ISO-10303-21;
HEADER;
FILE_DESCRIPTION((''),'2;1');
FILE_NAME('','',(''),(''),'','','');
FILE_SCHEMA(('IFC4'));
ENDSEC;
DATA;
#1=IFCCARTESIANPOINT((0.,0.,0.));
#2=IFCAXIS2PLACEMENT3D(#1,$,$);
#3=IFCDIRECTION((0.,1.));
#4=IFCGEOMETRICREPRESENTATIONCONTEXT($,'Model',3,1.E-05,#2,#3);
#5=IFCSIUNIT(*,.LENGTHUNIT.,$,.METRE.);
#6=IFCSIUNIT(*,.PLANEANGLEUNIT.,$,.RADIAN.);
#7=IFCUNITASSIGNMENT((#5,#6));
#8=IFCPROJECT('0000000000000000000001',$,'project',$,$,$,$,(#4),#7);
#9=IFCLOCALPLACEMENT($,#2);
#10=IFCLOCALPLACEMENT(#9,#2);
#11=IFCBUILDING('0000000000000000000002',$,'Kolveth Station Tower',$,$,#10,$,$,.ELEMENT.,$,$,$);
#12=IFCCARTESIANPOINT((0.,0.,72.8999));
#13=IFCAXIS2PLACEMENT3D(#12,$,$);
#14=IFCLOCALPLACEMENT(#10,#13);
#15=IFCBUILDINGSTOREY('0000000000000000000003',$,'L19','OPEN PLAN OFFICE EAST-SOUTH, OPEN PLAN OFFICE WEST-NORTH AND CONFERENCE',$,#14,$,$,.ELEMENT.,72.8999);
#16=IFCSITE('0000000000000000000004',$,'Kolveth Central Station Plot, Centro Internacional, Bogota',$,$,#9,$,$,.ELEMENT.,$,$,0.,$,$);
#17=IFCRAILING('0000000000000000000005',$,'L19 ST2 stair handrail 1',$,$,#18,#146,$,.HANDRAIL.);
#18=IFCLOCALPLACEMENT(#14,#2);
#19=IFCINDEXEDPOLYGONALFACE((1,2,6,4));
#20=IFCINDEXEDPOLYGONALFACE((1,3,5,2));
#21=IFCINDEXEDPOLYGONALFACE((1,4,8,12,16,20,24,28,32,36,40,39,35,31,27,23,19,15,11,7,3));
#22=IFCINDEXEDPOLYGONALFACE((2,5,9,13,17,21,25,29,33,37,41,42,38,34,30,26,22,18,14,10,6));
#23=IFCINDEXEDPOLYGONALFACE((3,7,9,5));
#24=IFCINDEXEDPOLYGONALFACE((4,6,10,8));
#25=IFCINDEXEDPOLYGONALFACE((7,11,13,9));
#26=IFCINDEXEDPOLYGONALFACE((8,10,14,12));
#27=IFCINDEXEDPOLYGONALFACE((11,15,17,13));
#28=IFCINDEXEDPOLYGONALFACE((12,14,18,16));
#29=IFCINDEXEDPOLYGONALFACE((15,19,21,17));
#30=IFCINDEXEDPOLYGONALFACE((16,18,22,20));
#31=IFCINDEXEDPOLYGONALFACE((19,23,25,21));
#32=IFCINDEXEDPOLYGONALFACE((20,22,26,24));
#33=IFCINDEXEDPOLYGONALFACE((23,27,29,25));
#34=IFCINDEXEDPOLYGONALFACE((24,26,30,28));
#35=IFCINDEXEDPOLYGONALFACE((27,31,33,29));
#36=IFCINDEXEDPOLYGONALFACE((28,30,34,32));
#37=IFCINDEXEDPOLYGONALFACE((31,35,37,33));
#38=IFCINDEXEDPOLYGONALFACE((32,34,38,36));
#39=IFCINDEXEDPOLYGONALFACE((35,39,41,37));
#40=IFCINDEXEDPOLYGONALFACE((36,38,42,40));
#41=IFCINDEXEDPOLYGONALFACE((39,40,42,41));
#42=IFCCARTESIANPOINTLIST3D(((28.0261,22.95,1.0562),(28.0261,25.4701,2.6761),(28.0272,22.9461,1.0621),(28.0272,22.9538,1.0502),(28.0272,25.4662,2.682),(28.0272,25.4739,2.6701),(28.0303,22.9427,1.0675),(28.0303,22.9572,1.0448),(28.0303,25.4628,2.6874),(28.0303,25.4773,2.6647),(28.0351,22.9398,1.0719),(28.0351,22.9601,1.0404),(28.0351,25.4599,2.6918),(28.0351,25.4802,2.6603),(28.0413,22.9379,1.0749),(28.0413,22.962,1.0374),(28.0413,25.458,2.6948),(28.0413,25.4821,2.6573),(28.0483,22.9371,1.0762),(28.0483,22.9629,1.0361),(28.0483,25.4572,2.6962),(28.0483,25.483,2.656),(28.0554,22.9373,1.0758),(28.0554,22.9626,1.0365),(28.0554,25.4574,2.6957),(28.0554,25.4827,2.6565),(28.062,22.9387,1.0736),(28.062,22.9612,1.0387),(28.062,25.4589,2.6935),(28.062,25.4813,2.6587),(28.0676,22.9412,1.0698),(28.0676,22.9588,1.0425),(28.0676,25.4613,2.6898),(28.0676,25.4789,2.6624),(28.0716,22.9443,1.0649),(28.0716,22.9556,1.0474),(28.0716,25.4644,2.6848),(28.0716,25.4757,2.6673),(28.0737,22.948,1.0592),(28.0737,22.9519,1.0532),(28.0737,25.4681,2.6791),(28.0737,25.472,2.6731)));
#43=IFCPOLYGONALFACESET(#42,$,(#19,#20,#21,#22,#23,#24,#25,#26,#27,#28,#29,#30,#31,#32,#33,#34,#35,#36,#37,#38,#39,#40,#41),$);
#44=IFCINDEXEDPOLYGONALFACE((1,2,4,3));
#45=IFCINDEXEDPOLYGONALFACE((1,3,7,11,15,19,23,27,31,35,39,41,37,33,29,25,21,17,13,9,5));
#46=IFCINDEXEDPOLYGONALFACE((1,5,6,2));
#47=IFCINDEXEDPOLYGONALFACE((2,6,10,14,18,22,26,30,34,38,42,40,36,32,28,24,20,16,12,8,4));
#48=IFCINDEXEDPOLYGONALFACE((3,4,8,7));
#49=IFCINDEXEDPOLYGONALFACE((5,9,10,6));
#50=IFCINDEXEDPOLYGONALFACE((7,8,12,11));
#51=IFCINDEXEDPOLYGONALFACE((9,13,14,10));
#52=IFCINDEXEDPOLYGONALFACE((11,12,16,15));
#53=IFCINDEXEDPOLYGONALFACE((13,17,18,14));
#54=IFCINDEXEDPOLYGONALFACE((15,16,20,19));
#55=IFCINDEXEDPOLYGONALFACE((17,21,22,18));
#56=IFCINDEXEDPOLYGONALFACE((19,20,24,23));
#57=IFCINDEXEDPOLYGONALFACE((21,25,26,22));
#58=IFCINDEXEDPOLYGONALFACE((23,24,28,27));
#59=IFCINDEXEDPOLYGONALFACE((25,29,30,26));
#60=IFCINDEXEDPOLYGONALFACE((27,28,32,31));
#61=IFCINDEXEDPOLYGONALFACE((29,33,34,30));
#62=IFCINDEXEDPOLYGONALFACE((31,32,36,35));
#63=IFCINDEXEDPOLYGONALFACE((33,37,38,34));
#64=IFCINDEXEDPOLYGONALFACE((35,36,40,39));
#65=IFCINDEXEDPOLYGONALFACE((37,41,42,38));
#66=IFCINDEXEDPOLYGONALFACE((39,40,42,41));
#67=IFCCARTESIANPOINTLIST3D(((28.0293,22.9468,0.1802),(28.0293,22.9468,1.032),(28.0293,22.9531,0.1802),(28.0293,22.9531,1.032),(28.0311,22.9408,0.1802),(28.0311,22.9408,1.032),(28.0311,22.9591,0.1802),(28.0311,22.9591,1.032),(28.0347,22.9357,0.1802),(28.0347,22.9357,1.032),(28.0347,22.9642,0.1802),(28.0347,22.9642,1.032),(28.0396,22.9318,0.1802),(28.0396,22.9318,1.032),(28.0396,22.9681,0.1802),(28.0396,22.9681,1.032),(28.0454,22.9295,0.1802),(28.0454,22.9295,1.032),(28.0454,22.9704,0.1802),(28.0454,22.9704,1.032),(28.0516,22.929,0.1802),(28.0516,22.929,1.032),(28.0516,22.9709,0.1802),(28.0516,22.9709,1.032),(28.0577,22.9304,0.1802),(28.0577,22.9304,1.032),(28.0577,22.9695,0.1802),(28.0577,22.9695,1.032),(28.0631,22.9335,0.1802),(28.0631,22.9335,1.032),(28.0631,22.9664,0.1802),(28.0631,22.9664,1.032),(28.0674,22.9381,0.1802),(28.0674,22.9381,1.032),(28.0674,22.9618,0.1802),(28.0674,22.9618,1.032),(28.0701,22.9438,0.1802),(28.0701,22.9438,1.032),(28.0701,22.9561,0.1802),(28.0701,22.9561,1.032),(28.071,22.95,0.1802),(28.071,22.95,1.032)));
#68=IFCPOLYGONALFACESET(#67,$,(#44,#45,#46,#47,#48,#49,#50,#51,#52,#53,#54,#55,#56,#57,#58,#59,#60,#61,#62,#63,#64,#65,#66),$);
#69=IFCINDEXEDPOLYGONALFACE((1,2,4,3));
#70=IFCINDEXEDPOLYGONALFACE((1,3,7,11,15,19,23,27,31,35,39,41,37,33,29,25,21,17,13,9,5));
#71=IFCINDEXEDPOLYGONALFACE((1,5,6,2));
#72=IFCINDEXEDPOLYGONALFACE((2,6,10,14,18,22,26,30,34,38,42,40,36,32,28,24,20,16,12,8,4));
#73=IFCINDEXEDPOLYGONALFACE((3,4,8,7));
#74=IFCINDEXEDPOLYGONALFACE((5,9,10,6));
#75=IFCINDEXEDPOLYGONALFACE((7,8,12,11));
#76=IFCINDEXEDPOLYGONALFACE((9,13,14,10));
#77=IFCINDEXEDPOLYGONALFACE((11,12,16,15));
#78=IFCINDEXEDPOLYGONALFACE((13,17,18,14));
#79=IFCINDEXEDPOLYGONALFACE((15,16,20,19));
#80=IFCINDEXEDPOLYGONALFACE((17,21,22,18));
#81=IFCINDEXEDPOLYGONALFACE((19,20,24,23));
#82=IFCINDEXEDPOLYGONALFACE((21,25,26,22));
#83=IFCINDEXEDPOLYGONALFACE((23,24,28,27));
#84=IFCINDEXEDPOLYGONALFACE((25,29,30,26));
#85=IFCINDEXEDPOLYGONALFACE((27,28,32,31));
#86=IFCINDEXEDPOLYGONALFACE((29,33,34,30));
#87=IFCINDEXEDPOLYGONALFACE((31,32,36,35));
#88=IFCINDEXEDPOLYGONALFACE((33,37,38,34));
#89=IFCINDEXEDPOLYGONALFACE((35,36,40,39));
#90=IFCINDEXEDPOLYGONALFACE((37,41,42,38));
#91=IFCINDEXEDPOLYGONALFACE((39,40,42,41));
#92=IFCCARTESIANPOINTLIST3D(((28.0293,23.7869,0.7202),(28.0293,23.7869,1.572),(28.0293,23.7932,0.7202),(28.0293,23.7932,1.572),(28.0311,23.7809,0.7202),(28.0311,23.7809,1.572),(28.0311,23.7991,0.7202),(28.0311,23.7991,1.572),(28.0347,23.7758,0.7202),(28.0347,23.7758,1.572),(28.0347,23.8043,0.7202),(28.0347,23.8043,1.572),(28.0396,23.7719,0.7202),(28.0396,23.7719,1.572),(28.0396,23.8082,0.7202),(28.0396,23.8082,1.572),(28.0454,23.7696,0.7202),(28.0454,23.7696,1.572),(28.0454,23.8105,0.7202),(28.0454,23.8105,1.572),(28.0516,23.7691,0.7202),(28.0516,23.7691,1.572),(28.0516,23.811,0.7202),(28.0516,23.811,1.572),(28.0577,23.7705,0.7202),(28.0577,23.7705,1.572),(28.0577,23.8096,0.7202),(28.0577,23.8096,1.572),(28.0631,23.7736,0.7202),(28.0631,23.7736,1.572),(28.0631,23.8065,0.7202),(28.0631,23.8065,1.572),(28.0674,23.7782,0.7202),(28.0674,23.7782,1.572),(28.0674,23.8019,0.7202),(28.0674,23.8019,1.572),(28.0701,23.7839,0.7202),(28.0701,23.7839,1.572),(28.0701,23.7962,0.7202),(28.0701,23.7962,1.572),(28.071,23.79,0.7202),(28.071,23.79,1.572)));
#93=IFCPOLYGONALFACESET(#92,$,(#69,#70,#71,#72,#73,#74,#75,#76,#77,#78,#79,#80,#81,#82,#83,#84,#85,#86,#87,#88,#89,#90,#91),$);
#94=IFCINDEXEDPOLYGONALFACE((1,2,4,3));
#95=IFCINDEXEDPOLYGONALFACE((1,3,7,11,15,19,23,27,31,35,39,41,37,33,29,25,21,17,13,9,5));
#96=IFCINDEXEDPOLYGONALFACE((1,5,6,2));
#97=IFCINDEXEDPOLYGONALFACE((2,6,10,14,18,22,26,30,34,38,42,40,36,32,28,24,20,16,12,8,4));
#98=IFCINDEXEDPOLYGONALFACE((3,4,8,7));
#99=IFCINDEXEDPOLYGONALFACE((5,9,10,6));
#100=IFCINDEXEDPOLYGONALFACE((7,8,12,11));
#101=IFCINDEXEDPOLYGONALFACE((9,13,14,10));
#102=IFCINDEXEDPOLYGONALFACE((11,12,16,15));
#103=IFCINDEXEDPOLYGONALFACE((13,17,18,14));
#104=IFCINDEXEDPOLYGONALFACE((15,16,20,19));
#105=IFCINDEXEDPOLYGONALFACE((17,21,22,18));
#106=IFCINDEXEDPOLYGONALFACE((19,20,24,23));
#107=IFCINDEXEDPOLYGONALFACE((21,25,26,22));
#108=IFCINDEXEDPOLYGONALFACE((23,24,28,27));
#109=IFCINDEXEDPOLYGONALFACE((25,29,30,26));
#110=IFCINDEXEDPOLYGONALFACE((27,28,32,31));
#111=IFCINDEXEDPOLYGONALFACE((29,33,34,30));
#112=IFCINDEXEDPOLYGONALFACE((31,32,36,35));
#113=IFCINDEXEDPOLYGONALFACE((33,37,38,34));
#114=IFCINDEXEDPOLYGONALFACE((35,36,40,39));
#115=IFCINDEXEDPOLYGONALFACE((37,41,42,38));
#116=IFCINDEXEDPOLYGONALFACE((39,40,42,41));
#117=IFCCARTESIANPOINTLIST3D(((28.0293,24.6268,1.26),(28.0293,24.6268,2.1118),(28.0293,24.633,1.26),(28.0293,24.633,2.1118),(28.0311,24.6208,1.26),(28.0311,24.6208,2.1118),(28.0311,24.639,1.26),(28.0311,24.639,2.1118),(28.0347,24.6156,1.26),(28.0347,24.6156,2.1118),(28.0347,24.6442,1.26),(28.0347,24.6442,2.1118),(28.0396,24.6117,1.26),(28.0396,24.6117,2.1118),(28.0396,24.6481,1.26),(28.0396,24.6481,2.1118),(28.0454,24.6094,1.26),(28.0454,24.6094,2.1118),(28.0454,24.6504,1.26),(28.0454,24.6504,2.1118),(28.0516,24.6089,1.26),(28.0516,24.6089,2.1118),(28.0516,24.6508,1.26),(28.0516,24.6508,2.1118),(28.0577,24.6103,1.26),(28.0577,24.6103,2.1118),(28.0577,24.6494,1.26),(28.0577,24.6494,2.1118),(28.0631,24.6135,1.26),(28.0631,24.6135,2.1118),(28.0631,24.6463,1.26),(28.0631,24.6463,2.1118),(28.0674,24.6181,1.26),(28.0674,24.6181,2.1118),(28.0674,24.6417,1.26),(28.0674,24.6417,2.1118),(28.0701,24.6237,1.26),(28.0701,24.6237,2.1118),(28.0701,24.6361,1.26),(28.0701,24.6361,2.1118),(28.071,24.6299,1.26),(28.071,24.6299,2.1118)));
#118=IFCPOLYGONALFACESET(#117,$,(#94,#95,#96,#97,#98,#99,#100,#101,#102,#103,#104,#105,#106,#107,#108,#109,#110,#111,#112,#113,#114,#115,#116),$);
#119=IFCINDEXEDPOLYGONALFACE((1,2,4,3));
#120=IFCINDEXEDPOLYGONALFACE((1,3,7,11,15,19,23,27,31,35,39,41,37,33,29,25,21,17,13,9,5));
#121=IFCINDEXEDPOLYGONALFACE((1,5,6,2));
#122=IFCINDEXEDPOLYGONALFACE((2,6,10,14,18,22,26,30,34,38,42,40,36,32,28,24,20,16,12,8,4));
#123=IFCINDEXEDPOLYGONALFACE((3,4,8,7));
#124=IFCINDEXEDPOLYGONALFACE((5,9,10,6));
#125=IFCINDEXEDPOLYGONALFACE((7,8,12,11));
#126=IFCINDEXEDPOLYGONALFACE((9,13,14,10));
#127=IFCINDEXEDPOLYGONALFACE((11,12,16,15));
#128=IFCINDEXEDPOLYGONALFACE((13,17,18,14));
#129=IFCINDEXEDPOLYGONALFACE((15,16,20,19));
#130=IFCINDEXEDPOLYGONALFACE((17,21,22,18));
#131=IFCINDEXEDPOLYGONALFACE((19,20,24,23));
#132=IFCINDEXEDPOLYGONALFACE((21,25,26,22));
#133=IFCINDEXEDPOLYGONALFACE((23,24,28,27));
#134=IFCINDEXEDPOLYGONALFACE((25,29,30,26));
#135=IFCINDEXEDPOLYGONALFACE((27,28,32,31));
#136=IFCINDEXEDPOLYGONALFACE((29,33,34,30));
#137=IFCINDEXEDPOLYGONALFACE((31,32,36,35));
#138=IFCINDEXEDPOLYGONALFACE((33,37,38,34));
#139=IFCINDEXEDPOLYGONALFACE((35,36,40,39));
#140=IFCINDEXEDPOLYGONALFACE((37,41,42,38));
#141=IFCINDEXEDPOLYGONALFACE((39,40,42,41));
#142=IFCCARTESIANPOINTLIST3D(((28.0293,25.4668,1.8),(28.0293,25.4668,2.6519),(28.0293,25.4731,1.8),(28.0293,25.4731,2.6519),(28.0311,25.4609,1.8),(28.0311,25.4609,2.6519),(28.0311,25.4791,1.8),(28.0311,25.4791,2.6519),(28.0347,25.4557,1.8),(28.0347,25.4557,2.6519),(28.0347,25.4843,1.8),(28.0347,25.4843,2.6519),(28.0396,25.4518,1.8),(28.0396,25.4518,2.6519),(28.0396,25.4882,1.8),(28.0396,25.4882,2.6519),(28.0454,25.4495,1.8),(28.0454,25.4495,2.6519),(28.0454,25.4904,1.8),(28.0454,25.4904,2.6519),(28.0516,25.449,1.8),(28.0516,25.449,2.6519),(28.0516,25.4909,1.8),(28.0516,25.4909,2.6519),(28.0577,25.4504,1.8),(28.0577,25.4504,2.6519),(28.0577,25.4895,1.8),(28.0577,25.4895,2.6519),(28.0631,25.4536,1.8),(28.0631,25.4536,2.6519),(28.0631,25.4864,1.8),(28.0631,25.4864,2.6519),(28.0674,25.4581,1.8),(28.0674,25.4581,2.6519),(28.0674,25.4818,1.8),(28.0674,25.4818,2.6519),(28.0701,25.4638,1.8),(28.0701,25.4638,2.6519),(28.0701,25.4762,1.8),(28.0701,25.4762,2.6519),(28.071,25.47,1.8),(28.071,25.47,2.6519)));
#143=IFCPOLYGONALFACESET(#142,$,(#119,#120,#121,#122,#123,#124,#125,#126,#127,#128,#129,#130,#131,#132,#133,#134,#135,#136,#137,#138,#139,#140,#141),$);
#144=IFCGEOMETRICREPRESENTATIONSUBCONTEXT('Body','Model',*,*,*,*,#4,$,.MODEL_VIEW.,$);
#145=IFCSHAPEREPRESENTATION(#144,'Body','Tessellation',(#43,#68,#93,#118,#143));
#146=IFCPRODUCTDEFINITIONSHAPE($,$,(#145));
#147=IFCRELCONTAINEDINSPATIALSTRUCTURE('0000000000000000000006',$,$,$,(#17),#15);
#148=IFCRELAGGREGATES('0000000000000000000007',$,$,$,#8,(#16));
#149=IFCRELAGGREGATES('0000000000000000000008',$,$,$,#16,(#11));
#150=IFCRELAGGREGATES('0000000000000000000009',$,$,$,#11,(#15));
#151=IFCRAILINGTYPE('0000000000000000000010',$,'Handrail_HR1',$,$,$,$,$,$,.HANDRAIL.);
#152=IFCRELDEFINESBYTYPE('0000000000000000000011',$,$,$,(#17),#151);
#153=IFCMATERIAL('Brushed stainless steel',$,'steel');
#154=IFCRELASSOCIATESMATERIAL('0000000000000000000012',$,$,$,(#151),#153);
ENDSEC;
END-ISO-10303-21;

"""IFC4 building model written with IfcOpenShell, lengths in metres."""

from ifc_helpers import new_model, si_unit, direction, frame, origin, origin_2d, place, context, subcontext, project, spatial, circle, extrude, material, type_object, element, save


model = new_model("IFC4")

# Units and contexts
model_context = context("Model", 3, precision=1e-05, world=origin(), true_north=direction((0.0, 1.0)))
body_context = subcontext(model_context, "Body", "Model", "MODEL_VIEW")
ifc_project = project(units=[si_unit("LENGTHUNIT", "METRE"), si_unit("PLANEANGLEUNIT", "RADIAN")], contexts=[model_context])

# Site, building, storey
site_placement = place(None, origin())
site = spatial("IfcSite", under=ifc_project, at=site_placement, Name="Kolveth Central Station Plot, Centro Internacional, Bogota", CompositionType="ELEMENT", RefElevation=0.0)
building_placement = place(site_placement, origin())
building = spatial("IfcBuilding", under=site, at=building_placement, Name="Kolveth Station Tower", CompositionType="ELEMENT")
storey_placement = place(building_placement, frame((0.0, 0.0, 72.8999)))
storey = spatial("IfcBuildingStorey", under=building, at=storey_placement, Name="L19", Description="OPEN PLAN OFFICE EAST-SOUTH, OPEN PLAN OFFICE WEST-NORTH AND CONFERENCE", CompositionType="ELEMENT", Elevation=72.8999)

# Railing
ifc_material_1 = material(Name="Brushed stainless steel", Category="steel")
railing_type_1 = type_object("IfcRailingType", Name="Handrail_HR1", PredefinedType="HANDRAIL", material=ifc_material_1)
railing_1_placement = place(storey_placement, frame((28.05, 22.95, 0.1802)))
element("IfcRailing", 1, at=railing_1_placement, inside=storey, type_object=railing_type_1, Name="L19 ST2 stair handrail 1", PredefinedType="HANDRAIL", context=body_context, shape_type="SweptSolid", body=[
    extrude(circle(Radius=0.0239, at=origin_2d()), frame((0.0, 0.0, 0.876), z_axis=(0.0, 0.8412, 0.540725), x_axis=(-1.0, 0.0, 0.0)), (0.0, 0.0, 1.0), 2.9958),
    extrude(circle(Radius=0.021, at=origin_2d()), origin(), (0.0, 0.0, 1.0), 0.8518),
    extrude(circle(Radius=0.021, at=origin_2d()), frame((0.0, 0.8401, 0.54)), (0.0, 0.0, 1.0), 0.8518),
    extrude(circle(Radius=0.021, at=origin_2d()), frame((0.0, 1.6799, 1.0798)), (0.0, 0.0, 1.0), 0.8518),
    extrude(circle(Radius=0.021, at=origin_2d()), frame((0.0, 2.52, 1.6199)), (0.0, 0.0, 1.0), 0.8518),
])

save(model, "model.ifc")
